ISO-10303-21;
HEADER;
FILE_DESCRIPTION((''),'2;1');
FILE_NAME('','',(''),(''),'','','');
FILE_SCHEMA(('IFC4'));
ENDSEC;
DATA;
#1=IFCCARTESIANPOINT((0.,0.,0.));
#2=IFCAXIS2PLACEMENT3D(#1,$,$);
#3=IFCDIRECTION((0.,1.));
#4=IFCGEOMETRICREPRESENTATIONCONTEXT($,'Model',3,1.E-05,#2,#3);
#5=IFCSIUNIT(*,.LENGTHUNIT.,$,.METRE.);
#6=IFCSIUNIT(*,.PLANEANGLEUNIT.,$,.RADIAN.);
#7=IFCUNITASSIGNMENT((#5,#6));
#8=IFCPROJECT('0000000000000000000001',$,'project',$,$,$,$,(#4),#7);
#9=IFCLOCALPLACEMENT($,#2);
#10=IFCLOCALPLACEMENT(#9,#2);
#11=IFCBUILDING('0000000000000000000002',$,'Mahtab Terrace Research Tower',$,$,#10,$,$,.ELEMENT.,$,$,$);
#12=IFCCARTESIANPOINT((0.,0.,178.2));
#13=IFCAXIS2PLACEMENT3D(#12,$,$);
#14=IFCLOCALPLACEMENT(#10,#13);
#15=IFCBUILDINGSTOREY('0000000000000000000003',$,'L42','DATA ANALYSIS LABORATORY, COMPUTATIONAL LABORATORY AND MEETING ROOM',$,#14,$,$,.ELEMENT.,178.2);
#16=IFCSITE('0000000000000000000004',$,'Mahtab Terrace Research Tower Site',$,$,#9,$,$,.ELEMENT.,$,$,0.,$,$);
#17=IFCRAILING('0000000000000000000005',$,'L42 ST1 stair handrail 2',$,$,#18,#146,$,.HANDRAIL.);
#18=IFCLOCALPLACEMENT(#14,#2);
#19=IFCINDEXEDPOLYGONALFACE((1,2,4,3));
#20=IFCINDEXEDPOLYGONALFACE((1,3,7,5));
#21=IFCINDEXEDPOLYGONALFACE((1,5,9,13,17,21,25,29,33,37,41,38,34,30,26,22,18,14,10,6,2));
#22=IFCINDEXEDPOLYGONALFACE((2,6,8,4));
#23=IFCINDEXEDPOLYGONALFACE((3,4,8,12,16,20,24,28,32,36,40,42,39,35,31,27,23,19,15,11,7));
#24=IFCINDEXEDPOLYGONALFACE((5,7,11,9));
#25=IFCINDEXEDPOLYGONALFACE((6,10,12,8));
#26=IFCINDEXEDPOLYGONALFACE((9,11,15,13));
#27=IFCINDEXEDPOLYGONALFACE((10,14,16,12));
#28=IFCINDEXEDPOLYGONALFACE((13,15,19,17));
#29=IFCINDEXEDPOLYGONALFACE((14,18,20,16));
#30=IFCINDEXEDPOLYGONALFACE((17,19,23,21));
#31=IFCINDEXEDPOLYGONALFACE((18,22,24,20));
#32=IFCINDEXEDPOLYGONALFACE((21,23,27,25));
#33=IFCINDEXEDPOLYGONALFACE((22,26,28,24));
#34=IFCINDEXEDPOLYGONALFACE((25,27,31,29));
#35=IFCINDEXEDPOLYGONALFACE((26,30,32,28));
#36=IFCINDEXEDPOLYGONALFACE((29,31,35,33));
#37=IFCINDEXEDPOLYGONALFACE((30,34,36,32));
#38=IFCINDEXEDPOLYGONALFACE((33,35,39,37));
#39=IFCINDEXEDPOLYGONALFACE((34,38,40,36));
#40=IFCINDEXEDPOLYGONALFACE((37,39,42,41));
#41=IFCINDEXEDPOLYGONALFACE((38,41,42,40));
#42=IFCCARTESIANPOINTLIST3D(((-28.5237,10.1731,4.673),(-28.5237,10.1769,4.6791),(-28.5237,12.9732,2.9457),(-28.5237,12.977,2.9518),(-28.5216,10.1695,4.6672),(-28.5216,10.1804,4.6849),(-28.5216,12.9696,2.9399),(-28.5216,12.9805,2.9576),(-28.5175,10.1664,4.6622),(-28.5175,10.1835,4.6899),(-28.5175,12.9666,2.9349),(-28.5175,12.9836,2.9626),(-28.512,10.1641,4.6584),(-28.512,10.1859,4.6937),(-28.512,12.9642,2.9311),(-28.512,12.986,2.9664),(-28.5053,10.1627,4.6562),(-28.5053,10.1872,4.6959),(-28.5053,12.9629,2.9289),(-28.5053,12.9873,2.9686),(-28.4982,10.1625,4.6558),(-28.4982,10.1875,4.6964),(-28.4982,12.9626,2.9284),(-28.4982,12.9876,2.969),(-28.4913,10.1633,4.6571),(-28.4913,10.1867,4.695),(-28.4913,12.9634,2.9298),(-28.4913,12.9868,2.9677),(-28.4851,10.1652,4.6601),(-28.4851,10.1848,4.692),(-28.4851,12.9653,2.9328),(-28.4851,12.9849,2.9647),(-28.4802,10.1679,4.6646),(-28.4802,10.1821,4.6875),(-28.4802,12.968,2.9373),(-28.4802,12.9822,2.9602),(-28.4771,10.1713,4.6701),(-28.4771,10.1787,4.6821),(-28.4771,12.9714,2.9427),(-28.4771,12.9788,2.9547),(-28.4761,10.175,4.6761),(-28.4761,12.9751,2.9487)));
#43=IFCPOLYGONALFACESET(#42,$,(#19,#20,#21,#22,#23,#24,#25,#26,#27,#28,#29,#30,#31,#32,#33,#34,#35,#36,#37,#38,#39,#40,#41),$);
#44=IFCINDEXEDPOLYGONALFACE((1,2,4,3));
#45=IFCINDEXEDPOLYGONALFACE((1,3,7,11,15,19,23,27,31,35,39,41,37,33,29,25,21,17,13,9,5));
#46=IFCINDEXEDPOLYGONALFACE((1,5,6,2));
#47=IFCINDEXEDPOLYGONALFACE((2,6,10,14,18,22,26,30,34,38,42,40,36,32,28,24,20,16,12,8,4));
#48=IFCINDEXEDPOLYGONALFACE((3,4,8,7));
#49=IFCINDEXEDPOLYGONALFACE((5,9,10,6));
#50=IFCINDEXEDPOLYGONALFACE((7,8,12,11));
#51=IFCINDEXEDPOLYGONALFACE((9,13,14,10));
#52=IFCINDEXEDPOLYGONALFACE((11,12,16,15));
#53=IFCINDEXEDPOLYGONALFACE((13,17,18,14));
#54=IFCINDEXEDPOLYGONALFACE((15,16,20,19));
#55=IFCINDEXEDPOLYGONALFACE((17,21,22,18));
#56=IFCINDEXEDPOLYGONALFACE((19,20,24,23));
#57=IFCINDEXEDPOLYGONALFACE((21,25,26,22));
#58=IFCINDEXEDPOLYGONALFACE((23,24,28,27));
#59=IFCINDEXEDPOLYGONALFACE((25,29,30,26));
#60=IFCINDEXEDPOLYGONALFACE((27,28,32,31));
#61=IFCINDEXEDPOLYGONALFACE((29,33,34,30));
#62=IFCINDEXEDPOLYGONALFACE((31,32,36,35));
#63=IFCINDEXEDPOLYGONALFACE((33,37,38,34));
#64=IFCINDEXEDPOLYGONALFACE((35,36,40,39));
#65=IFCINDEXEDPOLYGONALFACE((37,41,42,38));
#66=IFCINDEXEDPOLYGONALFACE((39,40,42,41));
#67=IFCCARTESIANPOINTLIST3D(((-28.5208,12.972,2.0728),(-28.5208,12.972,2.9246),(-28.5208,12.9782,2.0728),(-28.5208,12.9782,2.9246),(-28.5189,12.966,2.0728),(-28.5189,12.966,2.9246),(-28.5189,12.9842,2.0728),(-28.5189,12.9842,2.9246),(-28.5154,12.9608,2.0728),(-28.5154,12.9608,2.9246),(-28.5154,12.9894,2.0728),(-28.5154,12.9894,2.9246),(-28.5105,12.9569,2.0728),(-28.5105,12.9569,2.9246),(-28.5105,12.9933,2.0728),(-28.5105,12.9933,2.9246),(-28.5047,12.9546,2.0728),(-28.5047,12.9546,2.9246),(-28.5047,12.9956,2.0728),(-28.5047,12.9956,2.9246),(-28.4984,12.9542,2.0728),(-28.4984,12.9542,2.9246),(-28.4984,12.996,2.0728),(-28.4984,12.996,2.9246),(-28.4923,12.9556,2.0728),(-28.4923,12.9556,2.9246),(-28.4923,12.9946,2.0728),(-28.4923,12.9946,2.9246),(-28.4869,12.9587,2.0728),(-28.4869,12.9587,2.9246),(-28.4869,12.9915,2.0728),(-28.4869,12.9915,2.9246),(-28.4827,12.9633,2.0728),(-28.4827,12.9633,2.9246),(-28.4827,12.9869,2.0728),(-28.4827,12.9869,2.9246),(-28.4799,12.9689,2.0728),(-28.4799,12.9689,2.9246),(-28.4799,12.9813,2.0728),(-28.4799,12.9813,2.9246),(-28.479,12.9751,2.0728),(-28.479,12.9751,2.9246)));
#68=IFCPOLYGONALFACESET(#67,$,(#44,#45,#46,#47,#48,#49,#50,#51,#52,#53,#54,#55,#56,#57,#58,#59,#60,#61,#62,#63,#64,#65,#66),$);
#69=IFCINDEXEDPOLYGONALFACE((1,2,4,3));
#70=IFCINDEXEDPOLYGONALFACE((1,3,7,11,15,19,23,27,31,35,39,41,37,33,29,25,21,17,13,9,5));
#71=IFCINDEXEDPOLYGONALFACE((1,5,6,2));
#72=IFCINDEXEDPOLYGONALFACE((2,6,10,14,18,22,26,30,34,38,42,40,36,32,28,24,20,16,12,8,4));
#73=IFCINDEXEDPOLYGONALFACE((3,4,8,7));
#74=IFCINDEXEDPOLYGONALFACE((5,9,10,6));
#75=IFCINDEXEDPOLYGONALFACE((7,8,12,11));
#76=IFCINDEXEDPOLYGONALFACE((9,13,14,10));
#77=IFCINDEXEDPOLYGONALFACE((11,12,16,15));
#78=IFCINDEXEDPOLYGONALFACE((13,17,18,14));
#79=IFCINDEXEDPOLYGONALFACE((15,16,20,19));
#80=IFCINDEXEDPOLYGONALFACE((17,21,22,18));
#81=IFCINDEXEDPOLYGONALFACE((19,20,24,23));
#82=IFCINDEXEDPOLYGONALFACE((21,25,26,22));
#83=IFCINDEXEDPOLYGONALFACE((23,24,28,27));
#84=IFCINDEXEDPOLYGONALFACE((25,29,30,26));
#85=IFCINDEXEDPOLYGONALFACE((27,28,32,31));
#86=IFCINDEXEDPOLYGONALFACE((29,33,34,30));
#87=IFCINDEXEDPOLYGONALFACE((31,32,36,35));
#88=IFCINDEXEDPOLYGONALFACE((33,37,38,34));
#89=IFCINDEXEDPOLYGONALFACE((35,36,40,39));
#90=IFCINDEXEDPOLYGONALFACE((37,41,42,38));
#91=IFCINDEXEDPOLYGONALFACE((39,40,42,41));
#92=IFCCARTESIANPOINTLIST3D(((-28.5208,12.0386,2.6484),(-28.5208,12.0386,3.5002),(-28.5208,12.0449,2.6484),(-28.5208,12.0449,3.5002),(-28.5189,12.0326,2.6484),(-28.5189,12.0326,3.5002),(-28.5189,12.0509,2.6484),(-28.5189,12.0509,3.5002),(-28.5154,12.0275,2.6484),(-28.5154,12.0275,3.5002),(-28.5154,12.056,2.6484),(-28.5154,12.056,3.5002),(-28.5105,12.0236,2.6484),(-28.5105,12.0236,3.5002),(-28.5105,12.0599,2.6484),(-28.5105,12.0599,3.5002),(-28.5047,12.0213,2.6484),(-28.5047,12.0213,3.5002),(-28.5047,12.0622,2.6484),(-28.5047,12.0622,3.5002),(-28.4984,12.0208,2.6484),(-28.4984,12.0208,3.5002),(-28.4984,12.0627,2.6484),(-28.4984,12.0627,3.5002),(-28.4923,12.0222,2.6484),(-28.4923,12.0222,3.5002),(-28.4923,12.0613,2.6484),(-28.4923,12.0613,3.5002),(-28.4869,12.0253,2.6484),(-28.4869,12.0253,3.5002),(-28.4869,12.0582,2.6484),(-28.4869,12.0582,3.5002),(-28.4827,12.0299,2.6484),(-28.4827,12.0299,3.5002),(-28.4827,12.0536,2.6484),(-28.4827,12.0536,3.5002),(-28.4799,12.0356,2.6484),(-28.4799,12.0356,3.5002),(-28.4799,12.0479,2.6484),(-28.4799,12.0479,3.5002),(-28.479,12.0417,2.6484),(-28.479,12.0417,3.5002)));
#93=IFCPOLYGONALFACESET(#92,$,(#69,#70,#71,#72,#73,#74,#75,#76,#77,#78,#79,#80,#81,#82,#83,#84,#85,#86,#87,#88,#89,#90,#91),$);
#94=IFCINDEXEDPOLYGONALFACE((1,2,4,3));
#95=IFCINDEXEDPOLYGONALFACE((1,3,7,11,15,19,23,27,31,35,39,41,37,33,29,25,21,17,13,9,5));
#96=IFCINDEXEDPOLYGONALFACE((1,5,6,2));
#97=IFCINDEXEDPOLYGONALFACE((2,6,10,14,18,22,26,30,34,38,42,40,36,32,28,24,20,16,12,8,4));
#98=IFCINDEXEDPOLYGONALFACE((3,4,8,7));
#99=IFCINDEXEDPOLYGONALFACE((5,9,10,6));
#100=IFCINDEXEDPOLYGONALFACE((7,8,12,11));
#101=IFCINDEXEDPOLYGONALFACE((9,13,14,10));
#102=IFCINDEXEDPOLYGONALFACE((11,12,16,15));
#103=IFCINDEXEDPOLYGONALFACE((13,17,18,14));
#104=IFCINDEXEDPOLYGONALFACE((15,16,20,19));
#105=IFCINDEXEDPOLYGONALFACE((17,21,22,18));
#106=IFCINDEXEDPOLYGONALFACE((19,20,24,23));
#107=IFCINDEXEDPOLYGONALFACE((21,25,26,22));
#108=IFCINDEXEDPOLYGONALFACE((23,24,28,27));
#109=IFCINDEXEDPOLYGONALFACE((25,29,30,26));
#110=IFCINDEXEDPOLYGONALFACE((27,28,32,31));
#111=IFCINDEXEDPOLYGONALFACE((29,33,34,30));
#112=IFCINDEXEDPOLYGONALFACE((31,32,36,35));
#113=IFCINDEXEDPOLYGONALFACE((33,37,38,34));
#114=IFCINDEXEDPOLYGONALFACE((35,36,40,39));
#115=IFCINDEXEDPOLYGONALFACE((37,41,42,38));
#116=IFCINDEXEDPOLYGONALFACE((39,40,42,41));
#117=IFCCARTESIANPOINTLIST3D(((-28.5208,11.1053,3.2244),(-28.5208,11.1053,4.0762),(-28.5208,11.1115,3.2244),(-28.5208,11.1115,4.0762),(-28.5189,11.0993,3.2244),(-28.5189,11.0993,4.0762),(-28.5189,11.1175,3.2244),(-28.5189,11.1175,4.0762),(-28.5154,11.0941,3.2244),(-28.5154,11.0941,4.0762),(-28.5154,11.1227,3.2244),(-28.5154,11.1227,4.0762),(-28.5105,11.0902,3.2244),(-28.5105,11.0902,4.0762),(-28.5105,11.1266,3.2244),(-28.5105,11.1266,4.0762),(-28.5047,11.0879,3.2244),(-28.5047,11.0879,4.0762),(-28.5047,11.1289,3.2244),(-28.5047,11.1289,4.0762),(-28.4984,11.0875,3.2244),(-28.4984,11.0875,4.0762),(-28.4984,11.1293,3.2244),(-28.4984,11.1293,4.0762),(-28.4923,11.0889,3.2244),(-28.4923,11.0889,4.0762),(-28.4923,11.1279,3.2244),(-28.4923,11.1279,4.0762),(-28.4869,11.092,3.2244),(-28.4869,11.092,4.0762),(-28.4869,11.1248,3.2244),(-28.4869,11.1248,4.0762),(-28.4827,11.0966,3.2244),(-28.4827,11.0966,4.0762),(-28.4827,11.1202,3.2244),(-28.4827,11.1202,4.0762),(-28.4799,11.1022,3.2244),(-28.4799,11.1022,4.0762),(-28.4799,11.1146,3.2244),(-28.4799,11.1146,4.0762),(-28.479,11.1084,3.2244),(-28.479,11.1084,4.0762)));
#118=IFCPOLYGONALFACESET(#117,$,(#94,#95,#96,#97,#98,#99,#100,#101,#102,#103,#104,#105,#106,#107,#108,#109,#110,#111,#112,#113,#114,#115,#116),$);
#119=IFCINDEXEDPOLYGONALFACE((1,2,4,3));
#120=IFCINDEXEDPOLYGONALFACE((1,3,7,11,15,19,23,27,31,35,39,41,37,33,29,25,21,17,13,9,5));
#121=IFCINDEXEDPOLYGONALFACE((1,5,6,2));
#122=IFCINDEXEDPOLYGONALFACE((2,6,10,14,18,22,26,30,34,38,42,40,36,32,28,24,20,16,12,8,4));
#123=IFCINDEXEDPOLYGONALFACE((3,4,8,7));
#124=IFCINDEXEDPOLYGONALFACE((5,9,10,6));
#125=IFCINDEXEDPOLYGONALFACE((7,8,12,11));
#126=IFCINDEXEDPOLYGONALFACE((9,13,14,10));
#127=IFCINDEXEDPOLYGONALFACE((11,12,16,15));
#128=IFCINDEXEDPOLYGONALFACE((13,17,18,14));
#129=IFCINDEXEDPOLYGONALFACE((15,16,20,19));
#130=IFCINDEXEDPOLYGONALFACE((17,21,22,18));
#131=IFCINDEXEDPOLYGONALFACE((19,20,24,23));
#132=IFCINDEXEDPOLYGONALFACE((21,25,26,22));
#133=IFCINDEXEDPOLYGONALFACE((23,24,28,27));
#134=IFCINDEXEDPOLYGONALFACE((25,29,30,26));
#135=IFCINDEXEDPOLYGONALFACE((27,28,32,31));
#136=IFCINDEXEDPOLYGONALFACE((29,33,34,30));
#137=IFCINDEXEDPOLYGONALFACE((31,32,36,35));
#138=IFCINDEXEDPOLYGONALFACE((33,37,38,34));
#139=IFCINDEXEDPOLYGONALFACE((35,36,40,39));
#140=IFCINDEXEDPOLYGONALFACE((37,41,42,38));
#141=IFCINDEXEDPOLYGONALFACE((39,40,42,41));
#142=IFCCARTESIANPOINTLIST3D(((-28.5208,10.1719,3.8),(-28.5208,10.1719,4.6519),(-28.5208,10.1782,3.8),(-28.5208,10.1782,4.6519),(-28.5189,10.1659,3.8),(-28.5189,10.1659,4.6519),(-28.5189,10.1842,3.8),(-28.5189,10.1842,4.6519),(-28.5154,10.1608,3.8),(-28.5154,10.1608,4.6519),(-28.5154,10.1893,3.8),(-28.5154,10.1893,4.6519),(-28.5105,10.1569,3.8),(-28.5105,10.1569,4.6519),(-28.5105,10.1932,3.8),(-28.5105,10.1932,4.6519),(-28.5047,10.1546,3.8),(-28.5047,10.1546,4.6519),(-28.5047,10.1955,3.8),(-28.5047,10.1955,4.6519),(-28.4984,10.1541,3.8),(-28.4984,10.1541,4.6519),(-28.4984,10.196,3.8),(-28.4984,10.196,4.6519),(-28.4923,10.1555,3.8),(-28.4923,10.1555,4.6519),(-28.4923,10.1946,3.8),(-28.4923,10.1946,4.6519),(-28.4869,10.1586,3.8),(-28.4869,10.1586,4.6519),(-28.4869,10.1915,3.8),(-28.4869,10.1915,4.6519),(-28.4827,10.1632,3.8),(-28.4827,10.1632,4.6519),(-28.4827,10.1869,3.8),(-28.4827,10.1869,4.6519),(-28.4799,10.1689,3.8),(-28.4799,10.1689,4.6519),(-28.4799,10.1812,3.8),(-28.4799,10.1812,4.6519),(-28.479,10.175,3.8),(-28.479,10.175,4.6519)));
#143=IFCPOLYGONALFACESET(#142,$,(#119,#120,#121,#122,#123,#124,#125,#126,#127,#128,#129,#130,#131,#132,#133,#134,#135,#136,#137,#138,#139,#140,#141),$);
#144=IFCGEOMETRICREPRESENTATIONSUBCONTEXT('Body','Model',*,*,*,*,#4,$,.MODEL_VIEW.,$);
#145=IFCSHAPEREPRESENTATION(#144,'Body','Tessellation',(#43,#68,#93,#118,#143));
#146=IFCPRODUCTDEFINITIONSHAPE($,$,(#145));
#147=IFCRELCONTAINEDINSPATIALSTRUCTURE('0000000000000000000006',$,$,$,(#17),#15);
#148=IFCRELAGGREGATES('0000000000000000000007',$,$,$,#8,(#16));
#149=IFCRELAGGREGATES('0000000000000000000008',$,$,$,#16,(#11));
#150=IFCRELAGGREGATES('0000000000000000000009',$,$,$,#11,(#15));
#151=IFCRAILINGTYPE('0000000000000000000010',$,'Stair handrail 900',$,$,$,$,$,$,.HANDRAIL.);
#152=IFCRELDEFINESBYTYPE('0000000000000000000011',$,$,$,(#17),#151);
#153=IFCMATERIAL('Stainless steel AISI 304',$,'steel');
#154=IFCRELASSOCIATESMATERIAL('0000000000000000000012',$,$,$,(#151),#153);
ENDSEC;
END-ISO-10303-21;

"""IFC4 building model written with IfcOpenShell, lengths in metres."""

from ifc_helpers import new_model, si_unit, direction, frame, origin, origin_2d, place, context, subcontext, project, spatial, circle, extrude, material, type_object, element, save


model = new_model("IFC4")

# Units and contexts
model_context = context("Model", 3, precision=1e-05, world=origin(), true_north=direction((0.0, 1.0)))
body_context = subcontext(model_context, "Body", "Model", "MODEL_VIEW")
ifc_project = project(units=[si_unit("LENGTHUNIT", "METRE"), si_unit("PLANEANGLEUNIT", "RADIAN")], contexts=[model_context])

# Site, building, storey
site_placement = place(None, origin())
site = spatial("IfcSite", under=ifc_project, at=site_placement, Name="Mahtab Terrace Research Tower Site", CompositionType="ELEMENT", RefElevation=0.0)
building_placement = place(site_placement, origin())
building = spatial("IfcBuilding", under=site, at=building_placement, Name="Mahtab Terrace Research Tower", CompositionType="ELEMENT")
storey_placement = place(building_placement, frame((0.0, 0.0, 178.2)))
storey = spatial("IfcBuildingStorey", under=building, at=storey_placement, Name="L42", Description="DATA ANALYSIS LABORATORY, COMPUTATIONAL LABORATORY AND MEETING ROOM", CompositionType="ELEMENT", Elevation=178.2)

# Railing
ifc_material_1 = material(Name="Stainless steel AISI 304", Category="steel")
railing_type_1 = type_object("IfcRailingType", Name="Stair handrail 900", PredefinedType="HANDRAIL", material=ifc_material_1)
railing_1_placement = place(storey_placement, frame((-28.5, 12.9751, 2.0728)))
element("IfcRailing", 1, at=railing_1_placement, inside=storey, type_object=railing_type_1, Name="L42 ST1 stair handrail 2", PredefinedType="HANDRAIL", context=body_context, shape_type="SweptSolid", body=[
    extrude(circle(Radius=0.0239, at=origin_2d()), frame((0.0, 0.0, 0.876), z_axis=(0.0, -0.85109, 0.52502), x_axis=(1.0, 0.0, 0.0)), (0.0, 0.0, 1.0), 3.29),
    extrude(circle(Radius=0.021, at=origin_2d()), origin(), (0.0, 0.0, 1.0), 0.8518),
    extrude(circle(Radius=0.021, at=origin_2d()), frame((0.0, -0.9333, 0.5757)), (0.0, 0.0, 1.0), 0.8518),
    extrude(circle(Radius=0.021, at=origin_2d()), frame((0.0, -1.8667, 1.1516)), (0.0, 0.0, 1.0), 0.8518),
    extrude(circle(Radius=0.021, at=origin_2d()), frame((0.0, -2.8, 1.7273)), (0.0, 0.0, 1.0), 0.8518),
])

save(model, "model.ifc")
